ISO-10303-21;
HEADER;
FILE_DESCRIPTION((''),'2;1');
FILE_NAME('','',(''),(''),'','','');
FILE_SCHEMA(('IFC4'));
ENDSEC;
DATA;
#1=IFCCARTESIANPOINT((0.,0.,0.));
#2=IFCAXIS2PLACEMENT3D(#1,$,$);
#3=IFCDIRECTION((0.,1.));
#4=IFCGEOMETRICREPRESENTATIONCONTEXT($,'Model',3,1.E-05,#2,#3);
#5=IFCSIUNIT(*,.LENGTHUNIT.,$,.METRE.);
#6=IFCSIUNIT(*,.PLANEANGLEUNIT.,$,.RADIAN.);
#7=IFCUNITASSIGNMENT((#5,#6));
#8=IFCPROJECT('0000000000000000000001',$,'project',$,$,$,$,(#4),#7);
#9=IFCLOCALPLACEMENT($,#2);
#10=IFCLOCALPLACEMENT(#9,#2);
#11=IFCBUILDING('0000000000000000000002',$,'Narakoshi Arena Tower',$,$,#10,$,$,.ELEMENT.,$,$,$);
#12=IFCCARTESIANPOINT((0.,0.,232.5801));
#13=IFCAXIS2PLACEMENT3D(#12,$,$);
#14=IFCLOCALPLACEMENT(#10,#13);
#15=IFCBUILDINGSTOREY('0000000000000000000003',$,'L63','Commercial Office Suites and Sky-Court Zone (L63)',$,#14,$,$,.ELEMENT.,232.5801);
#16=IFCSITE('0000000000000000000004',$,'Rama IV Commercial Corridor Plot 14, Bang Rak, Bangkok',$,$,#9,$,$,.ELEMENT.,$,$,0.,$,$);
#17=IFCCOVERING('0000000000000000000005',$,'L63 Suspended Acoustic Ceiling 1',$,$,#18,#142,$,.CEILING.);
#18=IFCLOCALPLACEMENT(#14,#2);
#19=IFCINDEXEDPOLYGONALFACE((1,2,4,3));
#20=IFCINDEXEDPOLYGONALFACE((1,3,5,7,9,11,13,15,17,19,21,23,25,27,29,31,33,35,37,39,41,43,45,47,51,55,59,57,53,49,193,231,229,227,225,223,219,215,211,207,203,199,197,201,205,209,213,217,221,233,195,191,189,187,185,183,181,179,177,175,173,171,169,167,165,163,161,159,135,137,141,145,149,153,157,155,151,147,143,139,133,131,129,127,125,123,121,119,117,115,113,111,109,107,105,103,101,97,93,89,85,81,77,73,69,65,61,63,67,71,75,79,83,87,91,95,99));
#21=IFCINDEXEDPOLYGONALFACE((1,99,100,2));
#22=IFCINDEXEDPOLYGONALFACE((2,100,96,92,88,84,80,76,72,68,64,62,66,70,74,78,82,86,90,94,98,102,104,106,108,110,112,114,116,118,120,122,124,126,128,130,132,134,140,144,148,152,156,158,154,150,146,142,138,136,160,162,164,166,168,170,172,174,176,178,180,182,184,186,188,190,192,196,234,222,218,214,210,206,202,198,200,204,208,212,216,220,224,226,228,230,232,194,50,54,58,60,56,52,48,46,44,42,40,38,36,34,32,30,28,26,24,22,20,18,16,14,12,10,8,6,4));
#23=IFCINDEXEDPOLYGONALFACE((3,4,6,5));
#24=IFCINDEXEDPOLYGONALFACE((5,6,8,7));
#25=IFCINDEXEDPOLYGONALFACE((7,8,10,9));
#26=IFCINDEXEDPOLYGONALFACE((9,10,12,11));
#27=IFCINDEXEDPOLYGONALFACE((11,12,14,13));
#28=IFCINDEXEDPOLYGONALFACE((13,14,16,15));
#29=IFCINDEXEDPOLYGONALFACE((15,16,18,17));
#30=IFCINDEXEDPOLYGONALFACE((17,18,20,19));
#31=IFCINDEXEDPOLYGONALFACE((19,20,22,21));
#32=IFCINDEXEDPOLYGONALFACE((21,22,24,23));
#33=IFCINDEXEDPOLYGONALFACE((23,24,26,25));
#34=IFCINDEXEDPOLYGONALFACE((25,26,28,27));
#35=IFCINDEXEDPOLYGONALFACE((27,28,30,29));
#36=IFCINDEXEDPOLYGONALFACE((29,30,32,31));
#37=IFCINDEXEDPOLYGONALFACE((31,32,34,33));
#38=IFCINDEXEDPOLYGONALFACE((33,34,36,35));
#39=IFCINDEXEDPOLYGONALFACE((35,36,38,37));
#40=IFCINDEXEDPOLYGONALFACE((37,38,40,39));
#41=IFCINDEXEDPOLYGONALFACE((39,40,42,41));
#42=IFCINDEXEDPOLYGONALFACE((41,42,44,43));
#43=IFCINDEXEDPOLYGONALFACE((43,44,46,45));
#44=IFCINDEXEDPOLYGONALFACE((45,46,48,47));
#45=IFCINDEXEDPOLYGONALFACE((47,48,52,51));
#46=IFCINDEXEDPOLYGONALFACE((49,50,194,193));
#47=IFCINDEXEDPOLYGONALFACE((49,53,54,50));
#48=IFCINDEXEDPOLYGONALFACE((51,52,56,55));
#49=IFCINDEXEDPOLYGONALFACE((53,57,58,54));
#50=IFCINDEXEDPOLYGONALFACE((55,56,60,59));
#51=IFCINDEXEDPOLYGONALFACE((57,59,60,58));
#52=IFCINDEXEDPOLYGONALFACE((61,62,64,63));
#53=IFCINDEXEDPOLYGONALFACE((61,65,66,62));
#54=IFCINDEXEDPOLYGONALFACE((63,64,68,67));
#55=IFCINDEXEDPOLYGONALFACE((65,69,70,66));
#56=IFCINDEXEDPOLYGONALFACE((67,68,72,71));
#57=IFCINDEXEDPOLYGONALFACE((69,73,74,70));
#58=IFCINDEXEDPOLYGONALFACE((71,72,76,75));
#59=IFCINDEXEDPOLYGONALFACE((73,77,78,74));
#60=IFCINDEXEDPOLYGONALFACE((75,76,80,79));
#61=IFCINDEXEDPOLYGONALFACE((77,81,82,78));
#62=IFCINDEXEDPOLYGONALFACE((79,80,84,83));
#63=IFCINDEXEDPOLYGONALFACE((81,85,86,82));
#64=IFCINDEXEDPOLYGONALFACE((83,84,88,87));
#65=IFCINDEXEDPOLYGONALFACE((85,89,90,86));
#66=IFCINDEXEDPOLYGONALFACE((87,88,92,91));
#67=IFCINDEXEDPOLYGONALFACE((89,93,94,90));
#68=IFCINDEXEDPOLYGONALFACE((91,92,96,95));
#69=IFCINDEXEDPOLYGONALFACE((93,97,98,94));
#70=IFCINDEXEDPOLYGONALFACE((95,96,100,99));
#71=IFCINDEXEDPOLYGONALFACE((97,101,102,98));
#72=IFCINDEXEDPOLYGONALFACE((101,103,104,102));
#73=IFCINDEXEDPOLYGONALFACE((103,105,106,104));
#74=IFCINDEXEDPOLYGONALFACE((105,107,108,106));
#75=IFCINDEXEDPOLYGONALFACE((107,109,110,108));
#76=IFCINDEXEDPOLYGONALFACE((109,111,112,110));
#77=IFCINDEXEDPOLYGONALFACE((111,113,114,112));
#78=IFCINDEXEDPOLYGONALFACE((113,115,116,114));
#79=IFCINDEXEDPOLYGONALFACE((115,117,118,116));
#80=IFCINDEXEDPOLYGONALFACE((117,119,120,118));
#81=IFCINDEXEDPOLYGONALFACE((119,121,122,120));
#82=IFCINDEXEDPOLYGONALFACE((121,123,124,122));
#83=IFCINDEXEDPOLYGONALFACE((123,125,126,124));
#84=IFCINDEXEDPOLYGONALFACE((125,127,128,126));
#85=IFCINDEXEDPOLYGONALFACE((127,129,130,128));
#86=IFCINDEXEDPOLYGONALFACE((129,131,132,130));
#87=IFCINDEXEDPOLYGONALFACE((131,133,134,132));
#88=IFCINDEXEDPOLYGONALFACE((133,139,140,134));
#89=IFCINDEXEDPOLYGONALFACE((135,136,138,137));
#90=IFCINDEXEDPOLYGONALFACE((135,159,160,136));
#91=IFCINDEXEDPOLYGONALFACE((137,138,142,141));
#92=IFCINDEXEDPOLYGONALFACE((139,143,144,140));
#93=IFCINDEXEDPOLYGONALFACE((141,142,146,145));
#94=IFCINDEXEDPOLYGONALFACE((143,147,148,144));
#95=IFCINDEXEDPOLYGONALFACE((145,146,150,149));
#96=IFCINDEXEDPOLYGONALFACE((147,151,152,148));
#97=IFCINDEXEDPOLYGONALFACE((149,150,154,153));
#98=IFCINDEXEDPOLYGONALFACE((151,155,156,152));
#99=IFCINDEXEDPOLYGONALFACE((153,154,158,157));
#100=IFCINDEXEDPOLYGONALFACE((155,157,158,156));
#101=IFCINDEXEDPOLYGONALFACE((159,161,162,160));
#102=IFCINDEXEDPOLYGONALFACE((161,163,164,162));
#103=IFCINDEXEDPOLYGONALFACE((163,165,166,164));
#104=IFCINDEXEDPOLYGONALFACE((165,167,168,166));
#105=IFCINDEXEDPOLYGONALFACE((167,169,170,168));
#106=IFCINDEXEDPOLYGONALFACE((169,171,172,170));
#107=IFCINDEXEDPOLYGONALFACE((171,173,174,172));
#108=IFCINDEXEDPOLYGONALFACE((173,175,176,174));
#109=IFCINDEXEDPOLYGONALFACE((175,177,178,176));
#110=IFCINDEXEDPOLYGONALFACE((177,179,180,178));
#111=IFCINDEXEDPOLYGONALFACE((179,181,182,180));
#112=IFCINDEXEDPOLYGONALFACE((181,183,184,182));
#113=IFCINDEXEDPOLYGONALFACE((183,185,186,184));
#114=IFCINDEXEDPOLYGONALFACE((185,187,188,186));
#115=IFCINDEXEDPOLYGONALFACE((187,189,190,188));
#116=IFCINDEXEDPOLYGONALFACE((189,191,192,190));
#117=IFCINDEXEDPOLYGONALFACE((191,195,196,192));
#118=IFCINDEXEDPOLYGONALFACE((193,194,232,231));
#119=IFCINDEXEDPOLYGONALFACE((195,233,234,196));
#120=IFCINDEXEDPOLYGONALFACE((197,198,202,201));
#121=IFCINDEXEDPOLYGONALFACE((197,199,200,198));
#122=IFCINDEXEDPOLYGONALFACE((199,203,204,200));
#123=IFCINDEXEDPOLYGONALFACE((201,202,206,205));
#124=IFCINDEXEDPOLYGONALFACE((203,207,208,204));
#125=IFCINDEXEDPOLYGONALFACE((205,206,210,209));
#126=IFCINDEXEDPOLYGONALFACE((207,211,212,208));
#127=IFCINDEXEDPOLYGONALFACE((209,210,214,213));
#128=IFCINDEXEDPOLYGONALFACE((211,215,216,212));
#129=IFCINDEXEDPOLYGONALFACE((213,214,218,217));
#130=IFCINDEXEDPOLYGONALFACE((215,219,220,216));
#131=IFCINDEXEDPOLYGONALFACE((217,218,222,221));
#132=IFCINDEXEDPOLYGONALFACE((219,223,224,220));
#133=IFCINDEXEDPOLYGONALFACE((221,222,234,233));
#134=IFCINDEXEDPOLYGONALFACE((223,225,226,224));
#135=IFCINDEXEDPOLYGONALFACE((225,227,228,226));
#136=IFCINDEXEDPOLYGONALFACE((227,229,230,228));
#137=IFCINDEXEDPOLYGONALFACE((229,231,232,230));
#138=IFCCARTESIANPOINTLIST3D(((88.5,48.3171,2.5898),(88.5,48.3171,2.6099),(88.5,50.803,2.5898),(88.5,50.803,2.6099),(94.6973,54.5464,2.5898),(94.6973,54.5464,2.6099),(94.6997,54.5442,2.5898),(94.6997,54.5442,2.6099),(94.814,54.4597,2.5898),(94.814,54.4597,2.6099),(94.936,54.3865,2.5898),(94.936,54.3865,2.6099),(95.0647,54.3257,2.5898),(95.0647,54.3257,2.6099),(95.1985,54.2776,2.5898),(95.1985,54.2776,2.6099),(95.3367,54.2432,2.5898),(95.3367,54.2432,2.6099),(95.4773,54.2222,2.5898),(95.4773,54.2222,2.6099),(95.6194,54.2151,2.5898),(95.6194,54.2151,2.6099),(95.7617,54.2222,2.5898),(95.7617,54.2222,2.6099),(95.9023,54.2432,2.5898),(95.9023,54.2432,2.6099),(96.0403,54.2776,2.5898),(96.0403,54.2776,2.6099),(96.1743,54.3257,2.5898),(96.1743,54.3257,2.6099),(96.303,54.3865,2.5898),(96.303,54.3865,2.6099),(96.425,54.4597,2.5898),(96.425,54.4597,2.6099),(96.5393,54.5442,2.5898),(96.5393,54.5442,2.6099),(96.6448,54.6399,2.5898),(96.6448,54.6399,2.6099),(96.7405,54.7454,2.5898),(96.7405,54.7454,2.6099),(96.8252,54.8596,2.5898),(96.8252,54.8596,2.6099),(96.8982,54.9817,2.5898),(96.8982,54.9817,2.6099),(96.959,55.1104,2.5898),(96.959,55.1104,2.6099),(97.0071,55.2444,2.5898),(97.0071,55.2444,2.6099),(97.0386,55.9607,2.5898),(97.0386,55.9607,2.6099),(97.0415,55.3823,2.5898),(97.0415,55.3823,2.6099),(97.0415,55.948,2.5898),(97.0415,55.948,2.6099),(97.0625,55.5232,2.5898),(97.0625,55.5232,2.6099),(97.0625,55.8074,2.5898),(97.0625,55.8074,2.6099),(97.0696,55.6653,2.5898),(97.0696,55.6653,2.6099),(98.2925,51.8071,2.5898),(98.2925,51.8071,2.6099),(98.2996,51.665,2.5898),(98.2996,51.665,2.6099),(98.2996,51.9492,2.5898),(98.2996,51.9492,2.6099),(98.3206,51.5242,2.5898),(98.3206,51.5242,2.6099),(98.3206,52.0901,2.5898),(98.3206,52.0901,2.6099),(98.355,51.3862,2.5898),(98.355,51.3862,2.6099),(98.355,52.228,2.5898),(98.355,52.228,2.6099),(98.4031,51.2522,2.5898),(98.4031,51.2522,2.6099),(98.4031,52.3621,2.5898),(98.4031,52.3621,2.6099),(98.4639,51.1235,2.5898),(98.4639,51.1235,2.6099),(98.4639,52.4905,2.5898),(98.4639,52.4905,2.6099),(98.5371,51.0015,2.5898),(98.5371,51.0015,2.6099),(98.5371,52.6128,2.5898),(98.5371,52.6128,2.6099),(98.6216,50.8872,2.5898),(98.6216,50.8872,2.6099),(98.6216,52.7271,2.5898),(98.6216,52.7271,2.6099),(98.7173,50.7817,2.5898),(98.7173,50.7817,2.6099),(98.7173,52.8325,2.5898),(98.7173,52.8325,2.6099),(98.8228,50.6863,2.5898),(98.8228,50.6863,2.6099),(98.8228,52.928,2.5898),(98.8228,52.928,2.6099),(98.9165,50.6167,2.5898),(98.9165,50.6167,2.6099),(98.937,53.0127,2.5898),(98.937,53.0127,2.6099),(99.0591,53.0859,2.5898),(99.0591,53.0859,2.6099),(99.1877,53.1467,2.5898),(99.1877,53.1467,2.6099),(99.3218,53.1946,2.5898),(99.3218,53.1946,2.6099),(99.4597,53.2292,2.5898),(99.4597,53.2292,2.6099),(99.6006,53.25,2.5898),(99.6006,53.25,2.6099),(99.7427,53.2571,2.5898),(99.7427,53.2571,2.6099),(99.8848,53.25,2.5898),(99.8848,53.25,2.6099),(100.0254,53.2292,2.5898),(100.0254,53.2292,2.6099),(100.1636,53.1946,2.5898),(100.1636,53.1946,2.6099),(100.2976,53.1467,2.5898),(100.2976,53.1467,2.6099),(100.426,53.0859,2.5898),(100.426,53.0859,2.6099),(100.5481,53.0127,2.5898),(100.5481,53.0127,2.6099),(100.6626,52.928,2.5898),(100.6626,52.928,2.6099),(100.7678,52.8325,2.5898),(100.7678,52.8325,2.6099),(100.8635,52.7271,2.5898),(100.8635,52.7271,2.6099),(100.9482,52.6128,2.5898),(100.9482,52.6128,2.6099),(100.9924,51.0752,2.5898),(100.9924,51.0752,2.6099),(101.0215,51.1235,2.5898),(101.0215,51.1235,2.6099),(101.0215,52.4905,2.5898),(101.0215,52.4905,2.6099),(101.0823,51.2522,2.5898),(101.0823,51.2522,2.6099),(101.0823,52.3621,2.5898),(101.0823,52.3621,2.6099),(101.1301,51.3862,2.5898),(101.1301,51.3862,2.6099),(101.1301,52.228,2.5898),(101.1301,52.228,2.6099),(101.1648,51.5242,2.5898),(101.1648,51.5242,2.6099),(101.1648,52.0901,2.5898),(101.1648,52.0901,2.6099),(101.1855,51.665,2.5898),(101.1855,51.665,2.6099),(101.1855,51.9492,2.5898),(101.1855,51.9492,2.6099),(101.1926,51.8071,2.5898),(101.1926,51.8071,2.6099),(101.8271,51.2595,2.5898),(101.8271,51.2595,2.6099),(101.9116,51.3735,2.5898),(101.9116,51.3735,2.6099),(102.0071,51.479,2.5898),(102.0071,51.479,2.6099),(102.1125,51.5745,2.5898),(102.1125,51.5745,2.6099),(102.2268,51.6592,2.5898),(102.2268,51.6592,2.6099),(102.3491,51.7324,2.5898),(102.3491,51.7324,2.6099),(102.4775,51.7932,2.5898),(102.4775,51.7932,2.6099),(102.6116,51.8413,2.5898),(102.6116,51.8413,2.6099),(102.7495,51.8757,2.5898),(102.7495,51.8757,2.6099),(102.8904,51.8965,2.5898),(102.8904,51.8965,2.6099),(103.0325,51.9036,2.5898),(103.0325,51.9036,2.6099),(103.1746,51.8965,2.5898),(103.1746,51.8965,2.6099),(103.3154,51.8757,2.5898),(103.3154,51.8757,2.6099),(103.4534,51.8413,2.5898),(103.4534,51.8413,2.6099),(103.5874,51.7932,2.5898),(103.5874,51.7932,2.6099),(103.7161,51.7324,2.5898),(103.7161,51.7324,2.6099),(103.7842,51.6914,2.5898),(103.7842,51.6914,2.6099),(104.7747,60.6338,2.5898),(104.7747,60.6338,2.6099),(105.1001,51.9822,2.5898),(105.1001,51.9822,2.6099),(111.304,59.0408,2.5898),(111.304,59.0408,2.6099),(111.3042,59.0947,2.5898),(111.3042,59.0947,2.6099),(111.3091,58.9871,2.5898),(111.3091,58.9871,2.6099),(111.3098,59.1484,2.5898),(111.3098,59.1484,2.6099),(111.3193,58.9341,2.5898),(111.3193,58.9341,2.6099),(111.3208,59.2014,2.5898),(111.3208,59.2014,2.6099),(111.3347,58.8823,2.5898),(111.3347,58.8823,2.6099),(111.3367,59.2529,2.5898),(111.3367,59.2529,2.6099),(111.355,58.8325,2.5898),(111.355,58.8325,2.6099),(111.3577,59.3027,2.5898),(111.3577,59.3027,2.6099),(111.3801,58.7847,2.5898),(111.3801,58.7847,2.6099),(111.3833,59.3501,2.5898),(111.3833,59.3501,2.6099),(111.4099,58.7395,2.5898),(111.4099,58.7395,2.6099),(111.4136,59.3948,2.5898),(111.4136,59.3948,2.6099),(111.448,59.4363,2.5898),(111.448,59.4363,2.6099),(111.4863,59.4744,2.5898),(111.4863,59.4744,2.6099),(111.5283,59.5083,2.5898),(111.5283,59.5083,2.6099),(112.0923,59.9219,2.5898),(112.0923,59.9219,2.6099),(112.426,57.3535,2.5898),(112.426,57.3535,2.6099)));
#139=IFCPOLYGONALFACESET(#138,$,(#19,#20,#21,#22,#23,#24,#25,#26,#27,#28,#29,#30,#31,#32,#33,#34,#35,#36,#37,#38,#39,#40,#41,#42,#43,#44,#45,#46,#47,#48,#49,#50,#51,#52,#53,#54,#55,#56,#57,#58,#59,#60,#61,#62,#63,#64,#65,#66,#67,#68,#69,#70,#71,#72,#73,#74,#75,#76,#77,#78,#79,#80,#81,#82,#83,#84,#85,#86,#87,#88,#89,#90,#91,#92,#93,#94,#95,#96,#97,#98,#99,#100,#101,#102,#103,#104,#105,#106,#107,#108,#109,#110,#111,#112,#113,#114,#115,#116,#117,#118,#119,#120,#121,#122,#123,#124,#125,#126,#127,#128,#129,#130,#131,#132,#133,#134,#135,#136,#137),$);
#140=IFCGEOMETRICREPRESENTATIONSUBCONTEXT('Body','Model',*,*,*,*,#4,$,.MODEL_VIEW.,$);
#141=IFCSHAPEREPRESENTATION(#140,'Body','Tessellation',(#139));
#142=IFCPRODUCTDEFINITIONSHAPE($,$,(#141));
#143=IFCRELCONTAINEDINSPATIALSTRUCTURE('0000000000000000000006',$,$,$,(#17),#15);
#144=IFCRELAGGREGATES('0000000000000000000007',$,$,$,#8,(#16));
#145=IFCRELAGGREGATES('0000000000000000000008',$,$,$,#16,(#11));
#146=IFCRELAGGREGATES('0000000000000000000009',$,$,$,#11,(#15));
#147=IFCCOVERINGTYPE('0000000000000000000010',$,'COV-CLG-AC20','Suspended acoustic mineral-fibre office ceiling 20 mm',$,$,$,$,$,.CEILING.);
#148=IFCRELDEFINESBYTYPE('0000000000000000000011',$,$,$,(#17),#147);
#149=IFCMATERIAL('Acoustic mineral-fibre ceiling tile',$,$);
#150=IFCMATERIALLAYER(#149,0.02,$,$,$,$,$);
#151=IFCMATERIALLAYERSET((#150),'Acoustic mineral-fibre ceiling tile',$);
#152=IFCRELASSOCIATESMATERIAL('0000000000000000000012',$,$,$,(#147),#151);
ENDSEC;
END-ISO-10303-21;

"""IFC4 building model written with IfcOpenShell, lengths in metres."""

from ifc_helpers import new_model, si_unit, direction, frame, origin, place, context, subcontext, project, spatial, polyline, outline, extrude, material, layer, layer_set, type_object, element, save


model = new_model("IFC4")

# Units and contexts
model_context = context("Model", 3, precision=1e-05, world=origin(), true_north=direction((0.0, 1.0)))
body_context = subcontext(model_context, "Body", "Model", "MODEL_VIEW")
ifc_project = project(units=[si_unit("LENGTHUNIT", "METRE"), si_unit("PLANEANGLEUNIT", "RADIAN")], contexts=[model_context])

# Site, building, storey
site_placement = place(None, origin())
site = spatial("IfcSite", under=ifc_project, at=site_placement, Name="Rama IV Commercial Corridor Plot 14, Bang Rak, Bangkok", CompositionType="ELEMENT", RefElevation=0.0)
building_placement = place(site_placement, origin())
building = spatial("IfcBuilding", under=site, at=building_placement, Name="Narakoshi Arena Tower", CompositionType="ELEMENT")
storey_placement = place(building_placement, frame((0.0, 0.0, 232.5801)))
storey = spatial("IfcBuildingStorey", under=building, at=storey_placement, Name="L63", Description="Commercial Office Suites and Sky-Court Zone (L63)", CompositionType="ELEMENT", Elevation=232.5801)

# Covering
ifc_material_1 = material(Name="Acoustic mineral-fibre ceiling tile")
ifc_layer_1 = layer(ifc_material_1, 0.02)
ifc_layer_set_1 = layer_set([ifc_layer_1], Name="Acoustic mineral-fibre ceiling tile")
covering_type_1 = type_object("IfcCoveringType", Name="COV-CLG-AC20", Description="Suspended acoustic mineral-fibre office ceiling 20 mm", PredefinedType="CEILING", material=ifc_layer_set_1)
covering_1_placement = place(storey_placement, frame((0.0, 0.0, 2.5898)))
element("IfcCovering", 1, at=covering_1_placement, inside=storey, type_object=covering_type_1, Name="L63 Suspended Acoustic Ceiling 1", PredefinedType="CEILING", context=body_context, shape_type="SweptSolid", body=[
    extrude(outline(polyline([(111.4863, 59.4744), (111.448, 59.4363), (111.4136, 59.3948), (111.3833, 59.3501), (111.3577, 59.3027), (111.3367, 59.2529), (111.3208, 59.2014), (111.3098, 59.1484), (111.3042, 59.0947), (111.304, 59.0408), (111.3091, 58.9871), (111.3193, 58.9341), (111.3347, 58.8823), (111.355, 58.8325), (111.3801, 58.7847), (111.4099, 58.7395), (112.426, 57.3535), (105.1001, 51.9822), (103.7842, 51.6914), (103.7161, 51.7324), (103.5874, 51.7932), (103.4534, 51.8413), (103.3154, 51.8757), (103.1746, 51.8965), (103.0325, 51.9036), (102.8904, 51.8965), (102.7495, 51.8757), (102.6116, 51.8413), (102.4775, 51.7932), (102.3491, 51.7324), (102.2268, 51.6592), (102.1125, 51.5745), (102.0071, 51.479), (101.9116, 51.3735), (101.8271, 51.2595), (100.9924, 51.0752), (101.0215, 51.1235), (101.0823, 51.2522), (101.1301, 51.3862), (101.1648, 51.5242), (101.1855, 51.665), (101.1926, 51.8071), (101.1855, 51.9492), (101.1648, 52.0901), (101.1301, 52.228), (101.0823, 52.3621), (101.0215, 52.4905), (100.9482, 52.6128), (100.8635, 52.7271), (100.7678, 52.8325), (100.6626, 52.928), (100.5481, 53.0127), (100.426, 53.0859), (100.2976, 53.1467), (100.1636, 53.1946), (100.0254, 53.2292), (99.8848, 53.25), (99.7427, 53.2571), (99.6006, 53.25), (99.4597, 53.2292), (99.3218, 53.1946), (99.1877, 53.1467), (99.0591, 53.0859), (98.937, 53.0127), (98.8228, 52.928), (98.7173, 52.8325), (98.6216, 52.7271), (98.5371, 52.6128), (98.4639, 52.4905), (98.4031, 52.3621), (98.355, 52.228), (98.3206, 52.0901), (98.2996, 51.9492), (98.2925, 51.8071), (98.2996, 51.665), (98.3206, 51.5242), (98.355, 51.3862), (98.4031, 51.2522), (98.4639, 51.1235), (98.5371, 51.0015), (98.6216, 50.8872), (98.7173, 50.7817), (98.8228, 50.6863), (98.9165, 50.6167), (88.5, 48.3171), (88.5, 50.803), (94.6973, 54.5464), (94.6997, 54.5442), (94.814, 54.4597), (94.936, 54.3865), (95.0647, 54.3257), (95.1985, 54.2776), (95.3367, 54.2432), (95.4773, 54.2222), (95.6194, 54.2151), (95.7617, 54.2222), (95.9023, 54.2432), (96.0403, 54.2776), (96.1743, 54.3257), (96.303, 54.3865), (96.425, 54.4597), (96.5393, 54.5442), (96.6448, 54.6399), (96.7405, 54.7454), (96.8252, 54.8596), (96.8982, 54.9817), (96.959, 55.1104), (97.0071, 55.2444), (97.0415, 55.3823), (97.0625, 55.5232), (97.0696, 55.6653), (97.0625, 55.8074), (97.0415, 55.948), (97.0386, 55.9607), (104.7747, 60.6338), (112.0923, 59.9219), (111.5283, 59.5083), (111.4863, 59.4744)])), origin(), (0.0, 0.0, 1.0), 0.02),
])

save(model, "model.ifc")
